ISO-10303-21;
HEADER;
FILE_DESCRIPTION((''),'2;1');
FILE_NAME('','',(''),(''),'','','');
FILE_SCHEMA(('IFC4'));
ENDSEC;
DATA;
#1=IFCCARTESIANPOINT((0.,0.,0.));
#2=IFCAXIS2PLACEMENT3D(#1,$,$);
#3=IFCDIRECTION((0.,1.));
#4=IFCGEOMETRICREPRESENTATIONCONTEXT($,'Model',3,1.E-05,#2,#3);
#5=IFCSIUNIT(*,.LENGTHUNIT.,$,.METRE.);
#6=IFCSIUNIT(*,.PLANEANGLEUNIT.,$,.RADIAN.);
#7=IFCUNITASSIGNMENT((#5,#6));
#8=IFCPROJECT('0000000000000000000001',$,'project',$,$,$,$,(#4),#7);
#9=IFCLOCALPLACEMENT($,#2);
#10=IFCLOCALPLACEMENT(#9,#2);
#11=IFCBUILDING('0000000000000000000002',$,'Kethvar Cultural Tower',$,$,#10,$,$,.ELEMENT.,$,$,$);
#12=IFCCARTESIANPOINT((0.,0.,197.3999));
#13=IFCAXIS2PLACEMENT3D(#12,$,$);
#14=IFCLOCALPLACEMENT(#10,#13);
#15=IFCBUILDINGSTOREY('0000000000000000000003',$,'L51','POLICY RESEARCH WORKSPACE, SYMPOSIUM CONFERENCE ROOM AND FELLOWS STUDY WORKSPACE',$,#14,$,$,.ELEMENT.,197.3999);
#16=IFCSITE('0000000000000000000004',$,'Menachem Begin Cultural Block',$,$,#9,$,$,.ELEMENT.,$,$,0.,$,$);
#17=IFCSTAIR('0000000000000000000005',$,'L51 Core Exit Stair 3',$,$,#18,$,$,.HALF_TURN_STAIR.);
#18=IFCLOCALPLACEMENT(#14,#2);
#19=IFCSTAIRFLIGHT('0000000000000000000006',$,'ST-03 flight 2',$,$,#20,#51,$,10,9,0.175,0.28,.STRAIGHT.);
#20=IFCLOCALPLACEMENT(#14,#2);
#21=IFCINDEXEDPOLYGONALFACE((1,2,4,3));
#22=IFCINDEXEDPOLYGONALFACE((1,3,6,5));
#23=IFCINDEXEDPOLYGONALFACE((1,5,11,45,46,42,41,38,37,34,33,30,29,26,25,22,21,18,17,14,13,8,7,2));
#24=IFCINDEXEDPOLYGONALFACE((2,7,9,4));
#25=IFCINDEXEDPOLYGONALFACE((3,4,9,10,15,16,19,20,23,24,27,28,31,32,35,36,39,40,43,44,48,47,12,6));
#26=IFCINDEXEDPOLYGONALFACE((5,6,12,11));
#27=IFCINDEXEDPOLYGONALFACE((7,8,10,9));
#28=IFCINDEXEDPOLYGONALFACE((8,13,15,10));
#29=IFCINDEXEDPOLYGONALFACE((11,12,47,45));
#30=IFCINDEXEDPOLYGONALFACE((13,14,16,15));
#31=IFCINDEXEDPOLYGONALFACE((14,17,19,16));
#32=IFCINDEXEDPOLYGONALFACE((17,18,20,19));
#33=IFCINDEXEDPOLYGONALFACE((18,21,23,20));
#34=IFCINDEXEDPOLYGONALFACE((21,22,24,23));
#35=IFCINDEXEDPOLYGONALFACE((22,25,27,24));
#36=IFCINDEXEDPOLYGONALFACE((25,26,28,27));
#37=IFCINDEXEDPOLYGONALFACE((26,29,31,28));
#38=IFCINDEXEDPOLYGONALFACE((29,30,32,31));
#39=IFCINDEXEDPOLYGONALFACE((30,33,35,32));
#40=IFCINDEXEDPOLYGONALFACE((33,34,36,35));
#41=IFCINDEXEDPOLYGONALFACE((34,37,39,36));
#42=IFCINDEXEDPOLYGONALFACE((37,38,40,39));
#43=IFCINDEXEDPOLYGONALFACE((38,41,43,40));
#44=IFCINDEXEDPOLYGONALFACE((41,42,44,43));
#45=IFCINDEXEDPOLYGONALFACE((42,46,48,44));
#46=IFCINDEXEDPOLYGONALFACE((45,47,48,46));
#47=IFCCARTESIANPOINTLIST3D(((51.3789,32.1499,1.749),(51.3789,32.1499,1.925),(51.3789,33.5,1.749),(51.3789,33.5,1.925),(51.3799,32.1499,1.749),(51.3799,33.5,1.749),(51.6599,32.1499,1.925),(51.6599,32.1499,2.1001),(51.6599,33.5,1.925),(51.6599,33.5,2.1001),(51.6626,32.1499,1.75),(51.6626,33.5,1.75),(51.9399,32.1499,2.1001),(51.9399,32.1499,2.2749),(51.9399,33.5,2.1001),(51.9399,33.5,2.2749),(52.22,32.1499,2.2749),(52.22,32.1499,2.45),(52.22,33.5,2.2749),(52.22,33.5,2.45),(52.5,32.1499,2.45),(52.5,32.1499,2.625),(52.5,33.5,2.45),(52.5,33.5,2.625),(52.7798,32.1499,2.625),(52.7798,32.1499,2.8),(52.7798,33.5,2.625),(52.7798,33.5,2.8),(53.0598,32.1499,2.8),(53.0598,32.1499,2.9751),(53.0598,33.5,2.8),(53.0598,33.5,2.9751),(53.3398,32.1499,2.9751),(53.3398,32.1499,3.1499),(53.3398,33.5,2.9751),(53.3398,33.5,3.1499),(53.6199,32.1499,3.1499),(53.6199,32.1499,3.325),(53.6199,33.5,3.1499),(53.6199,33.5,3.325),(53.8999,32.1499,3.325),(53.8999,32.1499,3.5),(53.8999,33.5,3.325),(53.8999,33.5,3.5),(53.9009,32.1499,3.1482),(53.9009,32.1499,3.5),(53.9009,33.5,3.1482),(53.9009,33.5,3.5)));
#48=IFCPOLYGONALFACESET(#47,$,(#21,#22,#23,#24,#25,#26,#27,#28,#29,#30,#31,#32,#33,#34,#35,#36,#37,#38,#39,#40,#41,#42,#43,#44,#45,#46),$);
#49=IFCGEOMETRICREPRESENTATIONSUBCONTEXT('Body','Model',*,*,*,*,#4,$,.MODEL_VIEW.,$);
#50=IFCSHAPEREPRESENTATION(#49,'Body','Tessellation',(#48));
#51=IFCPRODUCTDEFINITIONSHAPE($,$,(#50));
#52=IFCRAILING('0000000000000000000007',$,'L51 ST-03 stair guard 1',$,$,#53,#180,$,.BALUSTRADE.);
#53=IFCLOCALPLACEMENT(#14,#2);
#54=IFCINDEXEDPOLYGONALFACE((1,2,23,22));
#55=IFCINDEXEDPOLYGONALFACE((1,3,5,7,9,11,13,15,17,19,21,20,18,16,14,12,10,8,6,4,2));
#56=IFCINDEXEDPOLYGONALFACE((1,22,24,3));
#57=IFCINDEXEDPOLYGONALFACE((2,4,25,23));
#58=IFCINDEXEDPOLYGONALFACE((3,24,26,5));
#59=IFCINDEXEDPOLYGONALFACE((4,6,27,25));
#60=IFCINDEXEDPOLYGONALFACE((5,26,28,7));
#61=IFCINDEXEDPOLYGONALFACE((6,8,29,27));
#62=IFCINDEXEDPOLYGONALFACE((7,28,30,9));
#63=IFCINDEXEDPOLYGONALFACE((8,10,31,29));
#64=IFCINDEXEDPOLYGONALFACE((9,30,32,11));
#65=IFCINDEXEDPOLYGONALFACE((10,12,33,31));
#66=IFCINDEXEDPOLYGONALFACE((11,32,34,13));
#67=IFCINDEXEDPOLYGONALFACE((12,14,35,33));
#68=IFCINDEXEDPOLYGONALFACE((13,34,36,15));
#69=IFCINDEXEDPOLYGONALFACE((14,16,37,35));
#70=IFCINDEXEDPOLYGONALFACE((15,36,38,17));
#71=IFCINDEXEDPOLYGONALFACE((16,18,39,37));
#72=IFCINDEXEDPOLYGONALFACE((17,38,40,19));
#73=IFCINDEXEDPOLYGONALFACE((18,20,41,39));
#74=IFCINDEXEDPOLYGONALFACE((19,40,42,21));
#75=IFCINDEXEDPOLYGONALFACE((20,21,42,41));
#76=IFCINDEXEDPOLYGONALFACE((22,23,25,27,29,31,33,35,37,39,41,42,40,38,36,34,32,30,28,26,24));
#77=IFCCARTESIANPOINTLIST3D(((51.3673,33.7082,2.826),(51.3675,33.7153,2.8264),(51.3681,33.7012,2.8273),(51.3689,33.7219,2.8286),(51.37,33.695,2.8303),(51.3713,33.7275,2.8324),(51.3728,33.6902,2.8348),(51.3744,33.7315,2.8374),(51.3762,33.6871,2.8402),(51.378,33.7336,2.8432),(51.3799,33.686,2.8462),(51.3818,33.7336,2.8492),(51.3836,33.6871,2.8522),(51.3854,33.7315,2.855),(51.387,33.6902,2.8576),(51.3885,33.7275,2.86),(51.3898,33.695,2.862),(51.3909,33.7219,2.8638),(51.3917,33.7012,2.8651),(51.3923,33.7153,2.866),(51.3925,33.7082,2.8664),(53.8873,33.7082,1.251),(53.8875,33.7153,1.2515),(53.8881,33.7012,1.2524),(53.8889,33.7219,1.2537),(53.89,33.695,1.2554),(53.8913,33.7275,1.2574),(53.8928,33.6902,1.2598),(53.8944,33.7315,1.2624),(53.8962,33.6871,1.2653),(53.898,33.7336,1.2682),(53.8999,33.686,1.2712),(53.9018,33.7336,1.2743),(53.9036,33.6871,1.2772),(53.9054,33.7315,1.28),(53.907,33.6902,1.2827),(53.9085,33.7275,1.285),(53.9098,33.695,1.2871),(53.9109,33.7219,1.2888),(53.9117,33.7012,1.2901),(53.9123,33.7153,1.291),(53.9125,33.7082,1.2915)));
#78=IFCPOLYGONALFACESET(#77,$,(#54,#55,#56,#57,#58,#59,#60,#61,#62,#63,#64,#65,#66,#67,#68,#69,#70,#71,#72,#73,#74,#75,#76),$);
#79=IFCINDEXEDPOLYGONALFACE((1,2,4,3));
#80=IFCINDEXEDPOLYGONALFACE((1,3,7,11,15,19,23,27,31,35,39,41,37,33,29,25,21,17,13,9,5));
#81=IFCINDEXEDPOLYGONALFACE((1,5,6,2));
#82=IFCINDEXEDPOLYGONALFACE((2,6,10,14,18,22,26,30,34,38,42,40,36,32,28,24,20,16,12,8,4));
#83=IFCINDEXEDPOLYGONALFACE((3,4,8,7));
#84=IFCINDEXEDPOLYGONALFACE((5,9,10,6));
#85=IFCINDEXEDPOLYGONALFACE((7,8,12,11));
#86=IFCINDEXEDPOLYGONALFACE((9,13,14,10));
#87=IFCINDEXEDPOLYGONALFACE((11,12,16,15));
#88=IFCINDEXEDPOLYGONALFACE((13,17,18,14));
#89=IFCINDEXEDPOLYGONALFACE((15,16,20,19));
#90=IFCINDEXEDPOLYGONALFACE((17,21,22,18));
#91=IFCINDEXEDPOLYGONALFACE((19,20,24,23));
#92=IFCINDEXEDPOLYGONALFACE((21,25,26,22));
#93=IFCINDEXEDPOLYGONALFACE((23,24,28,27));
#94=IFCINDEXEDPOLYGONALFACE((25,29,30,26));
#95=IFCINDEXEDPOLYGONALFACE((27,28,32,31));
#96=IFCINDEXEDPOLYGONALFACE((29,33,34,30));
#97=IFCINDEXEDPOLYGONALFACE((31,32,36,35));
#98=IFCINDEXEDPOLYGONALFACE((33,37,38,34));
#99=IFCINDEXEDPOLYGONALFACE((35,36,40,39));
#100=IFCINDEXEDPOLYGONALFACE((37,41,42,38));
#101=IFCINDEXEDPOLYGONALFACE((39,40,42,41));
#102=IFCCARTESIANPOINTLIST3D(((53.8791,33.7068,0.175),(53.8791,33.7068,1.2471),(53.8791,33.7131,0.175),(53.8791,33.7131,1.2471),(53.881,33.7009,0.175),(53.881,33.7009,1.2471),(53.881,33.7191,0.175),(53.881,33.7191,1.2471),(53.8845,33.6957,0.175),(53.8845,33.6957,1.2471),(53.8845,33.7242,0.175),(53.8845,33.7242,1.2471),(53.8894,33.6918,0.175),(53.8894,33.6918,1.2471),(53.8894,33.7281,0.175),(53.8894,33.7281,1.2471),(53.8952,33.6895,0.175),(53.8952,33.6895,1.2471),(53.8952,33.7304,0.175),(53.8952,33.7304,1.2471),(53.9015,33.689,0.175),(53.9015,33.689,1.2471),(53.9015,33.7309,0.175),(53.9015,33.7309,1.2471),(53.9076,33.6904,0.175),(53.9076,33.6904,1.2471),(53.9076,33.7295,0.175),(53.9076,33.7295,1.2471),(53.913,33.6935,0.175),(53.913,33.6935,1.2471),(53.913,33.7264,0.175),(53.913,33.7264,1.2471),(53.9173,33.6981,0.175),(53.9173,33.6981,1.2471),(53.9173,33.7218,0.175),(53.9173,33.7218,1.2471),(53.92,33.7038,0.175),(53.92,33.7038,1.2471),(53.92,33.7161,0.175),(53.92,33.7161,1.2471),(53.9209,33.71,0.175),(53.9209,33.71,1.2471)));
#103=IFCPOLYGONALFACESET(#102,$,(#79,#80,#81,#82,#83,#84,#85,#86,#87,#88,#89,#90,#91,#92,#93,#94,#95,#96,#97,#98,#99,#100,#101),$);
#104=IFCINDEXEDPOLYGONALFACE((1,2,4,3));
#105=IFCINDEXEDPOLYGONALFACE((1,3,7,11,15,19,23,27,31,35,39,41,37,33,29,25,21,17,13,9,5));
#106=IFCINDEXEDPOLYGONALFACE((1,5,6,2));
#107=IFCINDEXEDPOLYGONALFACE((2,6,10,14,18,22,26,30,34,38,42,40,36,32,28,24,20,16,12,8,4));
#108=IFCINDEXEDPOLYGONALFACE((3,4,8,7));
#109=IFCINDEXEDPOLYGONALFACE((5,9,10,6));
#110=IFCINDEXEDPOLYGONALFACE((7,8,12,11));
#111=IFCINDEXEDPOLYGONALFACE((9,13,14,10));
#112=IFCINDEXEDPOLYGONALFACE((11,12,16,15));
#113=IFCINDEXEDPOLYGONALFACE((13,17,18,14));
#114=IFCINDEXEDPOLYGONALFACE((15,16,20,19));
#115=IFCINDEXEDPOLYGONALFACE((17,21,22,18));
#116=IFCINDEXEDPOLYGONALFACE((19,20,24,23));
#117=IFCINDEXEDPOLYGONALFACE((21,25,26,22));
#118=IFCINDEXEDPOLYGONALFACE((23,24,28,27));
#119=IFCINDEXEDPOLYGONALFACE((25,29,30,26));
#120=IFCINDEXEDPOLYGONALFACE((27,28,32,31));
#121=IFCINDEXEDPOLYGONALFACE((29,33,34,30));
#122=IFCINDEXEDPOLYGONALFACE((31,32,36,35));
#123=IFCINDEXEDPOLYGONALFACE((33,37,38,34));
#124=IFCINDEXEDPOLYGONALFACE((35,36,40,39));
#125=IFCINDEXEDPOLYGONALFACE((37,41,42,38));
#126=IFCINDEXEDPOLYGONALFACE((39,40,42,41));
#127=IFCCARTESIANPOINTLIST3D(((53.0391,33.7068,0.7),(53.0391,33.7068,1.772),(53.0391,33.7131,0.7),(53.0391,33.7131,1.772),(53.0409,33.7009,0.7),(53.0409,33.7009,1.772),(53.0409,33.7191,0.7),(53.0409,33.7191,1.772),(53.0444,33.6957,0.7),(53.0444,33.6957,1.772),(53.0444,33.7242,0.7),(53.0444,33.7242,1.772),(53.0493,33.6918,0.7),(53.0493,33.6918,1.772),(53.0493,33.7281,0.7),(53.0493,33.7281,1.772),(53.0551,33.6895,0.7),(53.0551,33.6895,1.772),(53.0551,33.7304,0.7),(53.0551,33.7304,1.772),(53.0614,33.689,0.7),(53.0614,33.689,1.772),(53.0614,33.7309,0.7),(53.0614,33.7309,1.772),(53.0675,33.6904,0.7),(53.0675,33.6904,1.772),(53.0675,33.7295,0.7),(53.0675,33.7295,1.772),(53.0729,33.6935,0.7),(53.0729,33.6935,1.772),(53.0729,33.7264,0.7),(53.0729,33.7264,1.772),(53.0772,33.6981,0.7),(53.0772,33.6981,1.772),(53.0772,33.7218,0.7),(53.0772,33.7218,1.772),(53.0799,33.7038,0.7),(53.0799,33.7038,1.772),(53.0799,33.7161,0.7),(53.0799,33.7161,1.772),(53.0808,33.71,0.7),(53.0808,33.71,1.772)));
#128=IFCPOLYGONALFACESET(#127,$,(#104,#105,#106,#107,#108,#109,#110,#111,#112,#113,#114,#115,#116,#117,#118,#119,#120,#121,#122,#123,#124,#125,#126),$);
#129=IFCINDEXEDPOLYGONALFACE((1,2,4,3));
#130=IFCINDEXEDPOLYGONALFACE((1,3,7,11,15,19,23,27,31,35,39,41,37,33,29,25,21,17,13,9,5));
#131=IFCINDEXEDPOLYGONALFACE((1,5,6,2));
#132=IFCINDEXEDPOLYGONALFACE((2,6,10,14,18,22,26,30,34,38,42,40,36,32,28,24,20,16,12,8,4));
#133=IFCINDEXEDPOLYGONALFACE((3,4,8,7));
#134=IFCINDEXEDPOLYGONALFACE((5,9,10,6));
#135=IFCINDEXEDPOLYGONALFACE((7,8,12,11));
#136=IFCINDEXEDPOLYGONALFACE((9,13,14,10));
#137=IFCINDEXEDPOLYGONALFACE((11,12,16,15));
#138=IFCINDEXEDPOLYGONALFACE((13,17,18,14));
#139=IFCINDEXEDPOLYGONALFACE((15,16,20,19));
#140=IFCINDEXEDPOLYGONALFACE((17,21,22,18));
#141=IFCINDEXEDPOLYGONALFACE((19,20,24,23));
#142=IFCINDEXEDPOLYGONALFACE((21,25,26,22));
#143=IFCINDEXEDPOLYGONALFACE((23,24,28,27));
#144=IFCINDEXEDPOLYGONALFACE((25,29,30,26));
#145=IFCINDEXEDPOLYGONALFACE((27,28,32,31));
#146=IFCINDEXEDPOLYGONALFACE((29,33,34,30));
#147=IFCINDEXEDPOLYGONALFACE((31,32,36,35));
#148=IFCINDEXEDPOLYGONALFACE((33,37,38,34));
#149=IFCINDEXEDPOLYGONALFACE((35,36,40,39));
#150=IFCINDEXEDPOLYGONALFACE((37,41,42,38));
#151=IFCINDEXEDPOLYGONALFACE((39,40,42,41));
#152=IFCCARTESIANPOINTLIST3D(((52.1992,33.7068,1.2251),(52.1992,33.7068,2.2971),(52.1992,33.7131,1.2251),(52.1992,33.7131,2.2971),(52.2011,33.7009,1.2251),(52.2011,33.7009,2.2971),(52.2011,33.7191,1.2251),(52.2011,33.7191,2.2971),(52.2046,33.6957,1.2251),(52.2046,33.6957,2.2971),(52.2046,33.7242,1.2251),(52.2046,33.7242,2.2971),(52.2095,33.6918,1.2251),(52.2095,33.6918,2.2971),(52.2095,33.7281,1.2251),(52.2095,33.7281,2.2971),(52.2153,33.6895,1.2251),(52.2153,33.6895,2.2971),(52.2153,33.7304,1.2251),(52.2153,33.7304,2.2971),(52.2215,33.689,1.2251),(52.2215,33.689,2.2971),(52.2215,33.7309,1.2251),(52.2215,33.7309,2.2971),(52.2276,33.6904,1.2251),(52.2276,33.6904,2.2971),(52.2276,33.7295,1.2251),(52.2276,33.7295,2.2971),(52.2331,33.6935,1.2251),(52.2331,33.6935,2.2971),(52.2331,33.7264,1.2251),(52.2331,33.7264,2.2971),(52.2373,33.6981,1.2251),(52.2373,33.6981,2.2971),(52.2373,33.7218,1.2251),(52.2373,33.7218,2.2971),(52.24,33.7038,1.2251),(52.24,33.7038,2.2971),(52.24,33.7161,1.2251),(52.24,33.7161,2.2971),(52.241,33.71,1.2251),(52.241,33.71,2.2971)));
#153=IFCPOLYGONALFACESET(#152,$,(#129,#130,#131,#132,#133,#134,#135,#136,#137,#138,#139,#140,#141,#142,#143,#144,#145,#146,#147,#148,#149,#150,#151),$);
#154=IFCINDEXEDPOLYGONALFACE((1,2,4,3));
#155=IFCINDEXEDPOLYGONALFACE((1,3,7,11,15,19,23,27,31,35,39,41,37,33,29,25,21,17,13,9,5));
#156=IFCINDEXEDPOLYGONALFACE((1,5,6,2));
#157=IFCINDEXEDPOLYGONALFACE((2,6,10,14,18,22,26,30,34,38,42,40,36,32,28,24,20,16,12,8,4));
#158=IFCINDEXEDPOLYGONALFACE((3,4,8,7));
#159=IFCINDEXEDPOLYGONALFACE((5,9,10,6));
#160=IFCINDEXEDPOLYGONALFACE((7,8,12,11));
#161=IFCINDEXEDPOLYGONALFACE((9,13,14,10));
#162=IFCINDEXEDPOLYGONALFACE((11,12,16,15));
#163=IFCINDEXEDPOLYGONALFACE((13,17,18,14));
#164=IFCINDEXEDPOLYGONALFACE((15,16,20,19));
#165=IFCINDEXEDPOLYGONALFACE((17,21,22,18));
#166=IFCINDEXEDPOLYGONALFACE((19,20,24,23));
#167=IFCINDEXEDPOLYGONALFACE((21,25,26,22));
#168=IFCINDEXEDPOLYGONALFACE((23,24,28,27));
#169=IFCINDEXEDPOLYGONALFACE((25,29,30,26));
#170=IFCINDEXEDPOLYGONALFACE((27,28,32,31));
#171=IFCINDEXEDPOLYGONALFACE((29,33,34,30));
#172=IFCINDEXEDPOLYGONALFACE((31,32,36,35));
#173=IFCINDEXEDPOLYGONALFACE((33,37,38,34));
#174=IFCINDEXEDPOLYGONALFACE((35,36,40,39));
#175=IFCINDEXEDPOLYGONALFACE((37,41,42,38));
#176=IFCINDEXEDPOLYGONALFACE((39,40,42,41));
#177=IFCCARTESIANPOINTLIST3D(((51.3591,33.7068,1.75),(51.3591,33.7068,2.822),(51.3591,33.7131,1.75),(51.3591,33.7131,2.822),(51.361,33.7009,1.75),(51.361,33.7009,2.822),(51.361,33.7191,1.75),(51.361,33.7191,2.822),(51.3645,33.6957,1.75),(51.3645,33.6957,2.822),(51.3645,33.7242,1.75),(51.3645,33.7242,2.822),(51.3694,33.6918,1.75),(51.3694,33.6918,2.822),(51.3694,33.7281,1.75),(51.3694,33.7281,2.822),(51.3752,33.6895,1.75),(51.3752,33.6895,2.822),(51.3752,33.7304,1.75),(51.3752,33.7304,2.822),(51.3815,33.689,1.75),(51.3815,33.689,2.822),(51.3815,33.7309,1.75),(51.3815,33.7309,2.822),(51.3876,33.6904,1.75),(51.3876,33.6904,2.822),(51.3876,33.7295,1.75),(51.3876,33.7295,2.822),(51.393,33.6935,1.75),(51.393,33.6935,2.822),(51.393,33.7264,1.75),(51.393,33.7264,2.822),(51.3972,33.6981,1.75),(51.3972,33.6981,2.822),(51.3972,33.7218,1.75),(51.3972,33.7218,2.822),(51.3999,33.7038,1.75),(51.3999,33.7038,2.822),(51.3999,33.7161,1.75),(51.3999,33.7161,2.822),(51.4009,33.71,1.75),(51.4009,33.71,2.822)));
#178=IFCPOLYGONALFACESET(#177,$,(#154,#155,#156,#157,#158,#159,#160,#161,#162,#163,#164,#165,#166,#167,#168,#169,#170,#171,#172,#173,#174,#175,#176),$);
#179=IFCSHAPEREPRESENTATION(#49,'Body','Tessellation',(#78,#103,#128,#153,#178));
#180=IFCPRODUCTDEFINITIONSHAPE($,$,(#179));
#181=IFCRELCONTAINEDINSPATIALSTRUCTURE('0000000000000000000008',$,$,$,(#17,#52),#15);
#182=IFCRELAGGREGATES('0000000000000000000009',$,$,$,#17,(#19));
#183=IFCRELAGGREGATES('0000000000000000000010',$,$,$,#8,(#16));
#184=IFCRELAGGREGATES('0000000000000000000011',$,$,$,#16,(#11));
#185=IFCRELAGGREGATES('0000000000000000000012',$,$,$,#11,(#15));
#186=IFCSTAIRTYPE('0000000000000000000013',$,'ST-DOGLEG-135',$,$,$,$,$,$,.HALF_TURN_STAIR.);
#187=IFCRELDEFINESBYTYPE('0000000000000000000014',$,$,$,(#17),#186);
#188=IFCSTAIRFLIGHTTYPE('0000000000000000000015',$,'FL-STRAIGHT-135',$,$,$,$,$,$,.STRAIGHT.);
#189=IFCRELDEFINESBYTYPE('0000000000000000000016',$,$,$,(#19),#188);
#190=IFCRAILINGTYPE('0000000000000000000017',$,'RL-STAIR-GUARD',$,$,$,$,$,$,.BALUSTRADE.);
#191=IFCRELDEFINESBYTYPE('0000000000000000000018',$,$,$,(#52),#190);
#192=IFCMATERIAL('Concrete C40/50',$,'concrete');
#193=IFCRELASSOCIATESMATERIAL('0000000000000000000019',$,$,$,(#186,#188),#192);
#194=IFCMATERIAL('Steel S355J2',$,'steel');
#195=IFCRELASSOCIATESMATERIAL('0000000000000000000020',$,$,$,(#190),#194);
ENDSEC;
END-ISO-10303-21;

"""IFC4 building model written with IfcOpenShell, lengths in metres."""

from ifc_helpers import new_model, si_unit, direction, frame, origin, origin_2d, place, context, subcontext, project, spatial, polyline, circle, outline, extrude, material, type_object, element, aggregate, save


model = new_model("IFC4")

# Units and contexts
model_context = context("Model", 3, precision=1e-05, world=origin(), true_north=direction((0.0, 1.0)))
body_context = subcontext(model_context, "Body", "Model", "MODEL_VIEW")
ifc_project = project(units=[si_unit("LENGTHUNIT", "METRE"), si_unit("PLANEANGLEUNIT", "RADIAN")], contexts=[model_context])

# Site, building, storey
site_placement = place(None, origin())
site = spatial("IfcSite", under=ifc_project, at=site_placement, Name="Menachem Begin Cultural Block", CompositionType="ELEMENT", RefElevation=0.0)
building_placement = place(site_placement, origin())
building = spatial("IfcBuilding", under=site, at=building_placement, Name="Kethvar Cultural Tower", CompositionType="ELEMENT")
storey_placement = place(building_placement, frame((0.0, 0.0, 197.3999)))
storey = spatial("IfcBuildingStorey", under=building, at=storey_placement, Name="L51", Description="POLICY RESEARCH WORKSPACE, SYMPOSIUM CONFERENCE ROOM AND FELLOWS STUDY WORKSPACE", CompositionType="ELEMENT", Elevation=197.3999)

# Shared definitions
ifc_material_1 = material(Name="Steel S355J2", Category="steel")

# Shared definitions
ifc_material_2 = material(Name="Concrete C40/50", Category="concrete")

# Stair, stair flight
stair_type = type_object("IfcStairType", Name="ST-DOGLEG-135", PredefinedType="HALF_TURN_STAIR", material=ifc_material_2)
stair_placement = place(storey_placement, origin())
stair = element("IfcStair", 1, at=stair_placement, inside=storey, type_object=stair_type, Name="L51 Core Exit Stair 3", PredefinedType="HALF_TURN_STAIR")
stair_flight_type = type_object("IfcStairFlightType", Name="FL-STRAIGHT-135", PredefinedType="STRAIGHT", material=ifc_material_2)
stair_flight_1_placement = place(storey_placement, frame((51.3799, 32.825, 1.75), z_axis=(0.0, 0.0, 1.0), x_axis=(1.0, 0.0, 0.0)))
stair_flight_1 = element("IfcStairFlight", 2, at=stair_flight_1_placement, type_object=stair_flight_type, Name="ST-03 flight 2", NumberOfRisers=10, NumberOfTreads=9, PredefinedType="STRAIGHT", RiserHeight=0.175, TreadLength=0.28, context=body_context, shape_type="SweptSolid", body=[
    extrude(outline(polyline([(-0.001, -0.001), (-0.001, 0.175), (0.28, 0.175), (0.28, 0.3501), (0.5601, 0.3501), (0.5601, 0.5249), (0.8401, 0.5249), (0.8401, 0.7), (1.1201, 0.7), (1.1201, 0.875), (1.3999, 0.875), (1.3999, 1.05), (1.6799, 1.05), (1.6799, 1.2251), (1.96, 1.2251), (1.96, 1.3999), (2.24, 1.3999), (2.24, 1.575), (2.52, 1.575), (2.52, 1.75), (2.521, 1.75), (2.521, 1.3982), (0.2827, 0.0), (0.0, -0.001), (-0.001, -0.001)])), frame((0.0, 0.675, 0.0), z_axis=(0.0, -1.0, 0.0), x_axis=(1.0, 0.0, 0.0)), (0.0, 0.0, 1.0), 1.3501),
])
aggregate(stair, [stair_flight_1])

# Railing
railing_type_1 = type_object("IfcRailingType", Name="RL-STAIR-GUARD", PredefinedType="BALUSTRADE", material=ifc_material_1)
railing_1_placement = place(storey_placement, frame((53.8999, 33.71, 0.175)))
element("IfcRailing", 3, at=railing_1_placement, inside=storey, type_object=railing_type_1, Name="L51 ST-03 stair guard 1", PredefinedType="BALUSTRADE", context=body_context, shape_type="SweptSolid", body=[
    extrude(circle(Radius=0.0239, at=origin_2d()), frame((0.0, 0.0, 1.0962), z_axis=(-0.848008, 0.0, 0.529984), x_axis=(0.0, -1.0, 0.0)), (0.0, 0.0, 1.0), 2.9717),
    extrude(circle(Radius=0.021, at=origin_2d()), origin(), (0.0, 0.0, 1.0), 1.072),
    extrude(circle(Radius=0.021, at=origin_2d()), frame((-0.8401, 0.0, 0.5249)), (0.0, 0.0, 1.0), 1.072),
    extrude(circle(Radius=0.021, at=origin_2d()), frame((-1.6799, 0.0, 1.05)), (0.0, 0.0, 1.0), 1.072),
    extrude(circle(Radius=0.021, at=origin_2d()), frame((-2.52, 0.0, 1.575)), (0.0, 0.0, 1.0), 1.072),
])

save(model, "model.ifc")
